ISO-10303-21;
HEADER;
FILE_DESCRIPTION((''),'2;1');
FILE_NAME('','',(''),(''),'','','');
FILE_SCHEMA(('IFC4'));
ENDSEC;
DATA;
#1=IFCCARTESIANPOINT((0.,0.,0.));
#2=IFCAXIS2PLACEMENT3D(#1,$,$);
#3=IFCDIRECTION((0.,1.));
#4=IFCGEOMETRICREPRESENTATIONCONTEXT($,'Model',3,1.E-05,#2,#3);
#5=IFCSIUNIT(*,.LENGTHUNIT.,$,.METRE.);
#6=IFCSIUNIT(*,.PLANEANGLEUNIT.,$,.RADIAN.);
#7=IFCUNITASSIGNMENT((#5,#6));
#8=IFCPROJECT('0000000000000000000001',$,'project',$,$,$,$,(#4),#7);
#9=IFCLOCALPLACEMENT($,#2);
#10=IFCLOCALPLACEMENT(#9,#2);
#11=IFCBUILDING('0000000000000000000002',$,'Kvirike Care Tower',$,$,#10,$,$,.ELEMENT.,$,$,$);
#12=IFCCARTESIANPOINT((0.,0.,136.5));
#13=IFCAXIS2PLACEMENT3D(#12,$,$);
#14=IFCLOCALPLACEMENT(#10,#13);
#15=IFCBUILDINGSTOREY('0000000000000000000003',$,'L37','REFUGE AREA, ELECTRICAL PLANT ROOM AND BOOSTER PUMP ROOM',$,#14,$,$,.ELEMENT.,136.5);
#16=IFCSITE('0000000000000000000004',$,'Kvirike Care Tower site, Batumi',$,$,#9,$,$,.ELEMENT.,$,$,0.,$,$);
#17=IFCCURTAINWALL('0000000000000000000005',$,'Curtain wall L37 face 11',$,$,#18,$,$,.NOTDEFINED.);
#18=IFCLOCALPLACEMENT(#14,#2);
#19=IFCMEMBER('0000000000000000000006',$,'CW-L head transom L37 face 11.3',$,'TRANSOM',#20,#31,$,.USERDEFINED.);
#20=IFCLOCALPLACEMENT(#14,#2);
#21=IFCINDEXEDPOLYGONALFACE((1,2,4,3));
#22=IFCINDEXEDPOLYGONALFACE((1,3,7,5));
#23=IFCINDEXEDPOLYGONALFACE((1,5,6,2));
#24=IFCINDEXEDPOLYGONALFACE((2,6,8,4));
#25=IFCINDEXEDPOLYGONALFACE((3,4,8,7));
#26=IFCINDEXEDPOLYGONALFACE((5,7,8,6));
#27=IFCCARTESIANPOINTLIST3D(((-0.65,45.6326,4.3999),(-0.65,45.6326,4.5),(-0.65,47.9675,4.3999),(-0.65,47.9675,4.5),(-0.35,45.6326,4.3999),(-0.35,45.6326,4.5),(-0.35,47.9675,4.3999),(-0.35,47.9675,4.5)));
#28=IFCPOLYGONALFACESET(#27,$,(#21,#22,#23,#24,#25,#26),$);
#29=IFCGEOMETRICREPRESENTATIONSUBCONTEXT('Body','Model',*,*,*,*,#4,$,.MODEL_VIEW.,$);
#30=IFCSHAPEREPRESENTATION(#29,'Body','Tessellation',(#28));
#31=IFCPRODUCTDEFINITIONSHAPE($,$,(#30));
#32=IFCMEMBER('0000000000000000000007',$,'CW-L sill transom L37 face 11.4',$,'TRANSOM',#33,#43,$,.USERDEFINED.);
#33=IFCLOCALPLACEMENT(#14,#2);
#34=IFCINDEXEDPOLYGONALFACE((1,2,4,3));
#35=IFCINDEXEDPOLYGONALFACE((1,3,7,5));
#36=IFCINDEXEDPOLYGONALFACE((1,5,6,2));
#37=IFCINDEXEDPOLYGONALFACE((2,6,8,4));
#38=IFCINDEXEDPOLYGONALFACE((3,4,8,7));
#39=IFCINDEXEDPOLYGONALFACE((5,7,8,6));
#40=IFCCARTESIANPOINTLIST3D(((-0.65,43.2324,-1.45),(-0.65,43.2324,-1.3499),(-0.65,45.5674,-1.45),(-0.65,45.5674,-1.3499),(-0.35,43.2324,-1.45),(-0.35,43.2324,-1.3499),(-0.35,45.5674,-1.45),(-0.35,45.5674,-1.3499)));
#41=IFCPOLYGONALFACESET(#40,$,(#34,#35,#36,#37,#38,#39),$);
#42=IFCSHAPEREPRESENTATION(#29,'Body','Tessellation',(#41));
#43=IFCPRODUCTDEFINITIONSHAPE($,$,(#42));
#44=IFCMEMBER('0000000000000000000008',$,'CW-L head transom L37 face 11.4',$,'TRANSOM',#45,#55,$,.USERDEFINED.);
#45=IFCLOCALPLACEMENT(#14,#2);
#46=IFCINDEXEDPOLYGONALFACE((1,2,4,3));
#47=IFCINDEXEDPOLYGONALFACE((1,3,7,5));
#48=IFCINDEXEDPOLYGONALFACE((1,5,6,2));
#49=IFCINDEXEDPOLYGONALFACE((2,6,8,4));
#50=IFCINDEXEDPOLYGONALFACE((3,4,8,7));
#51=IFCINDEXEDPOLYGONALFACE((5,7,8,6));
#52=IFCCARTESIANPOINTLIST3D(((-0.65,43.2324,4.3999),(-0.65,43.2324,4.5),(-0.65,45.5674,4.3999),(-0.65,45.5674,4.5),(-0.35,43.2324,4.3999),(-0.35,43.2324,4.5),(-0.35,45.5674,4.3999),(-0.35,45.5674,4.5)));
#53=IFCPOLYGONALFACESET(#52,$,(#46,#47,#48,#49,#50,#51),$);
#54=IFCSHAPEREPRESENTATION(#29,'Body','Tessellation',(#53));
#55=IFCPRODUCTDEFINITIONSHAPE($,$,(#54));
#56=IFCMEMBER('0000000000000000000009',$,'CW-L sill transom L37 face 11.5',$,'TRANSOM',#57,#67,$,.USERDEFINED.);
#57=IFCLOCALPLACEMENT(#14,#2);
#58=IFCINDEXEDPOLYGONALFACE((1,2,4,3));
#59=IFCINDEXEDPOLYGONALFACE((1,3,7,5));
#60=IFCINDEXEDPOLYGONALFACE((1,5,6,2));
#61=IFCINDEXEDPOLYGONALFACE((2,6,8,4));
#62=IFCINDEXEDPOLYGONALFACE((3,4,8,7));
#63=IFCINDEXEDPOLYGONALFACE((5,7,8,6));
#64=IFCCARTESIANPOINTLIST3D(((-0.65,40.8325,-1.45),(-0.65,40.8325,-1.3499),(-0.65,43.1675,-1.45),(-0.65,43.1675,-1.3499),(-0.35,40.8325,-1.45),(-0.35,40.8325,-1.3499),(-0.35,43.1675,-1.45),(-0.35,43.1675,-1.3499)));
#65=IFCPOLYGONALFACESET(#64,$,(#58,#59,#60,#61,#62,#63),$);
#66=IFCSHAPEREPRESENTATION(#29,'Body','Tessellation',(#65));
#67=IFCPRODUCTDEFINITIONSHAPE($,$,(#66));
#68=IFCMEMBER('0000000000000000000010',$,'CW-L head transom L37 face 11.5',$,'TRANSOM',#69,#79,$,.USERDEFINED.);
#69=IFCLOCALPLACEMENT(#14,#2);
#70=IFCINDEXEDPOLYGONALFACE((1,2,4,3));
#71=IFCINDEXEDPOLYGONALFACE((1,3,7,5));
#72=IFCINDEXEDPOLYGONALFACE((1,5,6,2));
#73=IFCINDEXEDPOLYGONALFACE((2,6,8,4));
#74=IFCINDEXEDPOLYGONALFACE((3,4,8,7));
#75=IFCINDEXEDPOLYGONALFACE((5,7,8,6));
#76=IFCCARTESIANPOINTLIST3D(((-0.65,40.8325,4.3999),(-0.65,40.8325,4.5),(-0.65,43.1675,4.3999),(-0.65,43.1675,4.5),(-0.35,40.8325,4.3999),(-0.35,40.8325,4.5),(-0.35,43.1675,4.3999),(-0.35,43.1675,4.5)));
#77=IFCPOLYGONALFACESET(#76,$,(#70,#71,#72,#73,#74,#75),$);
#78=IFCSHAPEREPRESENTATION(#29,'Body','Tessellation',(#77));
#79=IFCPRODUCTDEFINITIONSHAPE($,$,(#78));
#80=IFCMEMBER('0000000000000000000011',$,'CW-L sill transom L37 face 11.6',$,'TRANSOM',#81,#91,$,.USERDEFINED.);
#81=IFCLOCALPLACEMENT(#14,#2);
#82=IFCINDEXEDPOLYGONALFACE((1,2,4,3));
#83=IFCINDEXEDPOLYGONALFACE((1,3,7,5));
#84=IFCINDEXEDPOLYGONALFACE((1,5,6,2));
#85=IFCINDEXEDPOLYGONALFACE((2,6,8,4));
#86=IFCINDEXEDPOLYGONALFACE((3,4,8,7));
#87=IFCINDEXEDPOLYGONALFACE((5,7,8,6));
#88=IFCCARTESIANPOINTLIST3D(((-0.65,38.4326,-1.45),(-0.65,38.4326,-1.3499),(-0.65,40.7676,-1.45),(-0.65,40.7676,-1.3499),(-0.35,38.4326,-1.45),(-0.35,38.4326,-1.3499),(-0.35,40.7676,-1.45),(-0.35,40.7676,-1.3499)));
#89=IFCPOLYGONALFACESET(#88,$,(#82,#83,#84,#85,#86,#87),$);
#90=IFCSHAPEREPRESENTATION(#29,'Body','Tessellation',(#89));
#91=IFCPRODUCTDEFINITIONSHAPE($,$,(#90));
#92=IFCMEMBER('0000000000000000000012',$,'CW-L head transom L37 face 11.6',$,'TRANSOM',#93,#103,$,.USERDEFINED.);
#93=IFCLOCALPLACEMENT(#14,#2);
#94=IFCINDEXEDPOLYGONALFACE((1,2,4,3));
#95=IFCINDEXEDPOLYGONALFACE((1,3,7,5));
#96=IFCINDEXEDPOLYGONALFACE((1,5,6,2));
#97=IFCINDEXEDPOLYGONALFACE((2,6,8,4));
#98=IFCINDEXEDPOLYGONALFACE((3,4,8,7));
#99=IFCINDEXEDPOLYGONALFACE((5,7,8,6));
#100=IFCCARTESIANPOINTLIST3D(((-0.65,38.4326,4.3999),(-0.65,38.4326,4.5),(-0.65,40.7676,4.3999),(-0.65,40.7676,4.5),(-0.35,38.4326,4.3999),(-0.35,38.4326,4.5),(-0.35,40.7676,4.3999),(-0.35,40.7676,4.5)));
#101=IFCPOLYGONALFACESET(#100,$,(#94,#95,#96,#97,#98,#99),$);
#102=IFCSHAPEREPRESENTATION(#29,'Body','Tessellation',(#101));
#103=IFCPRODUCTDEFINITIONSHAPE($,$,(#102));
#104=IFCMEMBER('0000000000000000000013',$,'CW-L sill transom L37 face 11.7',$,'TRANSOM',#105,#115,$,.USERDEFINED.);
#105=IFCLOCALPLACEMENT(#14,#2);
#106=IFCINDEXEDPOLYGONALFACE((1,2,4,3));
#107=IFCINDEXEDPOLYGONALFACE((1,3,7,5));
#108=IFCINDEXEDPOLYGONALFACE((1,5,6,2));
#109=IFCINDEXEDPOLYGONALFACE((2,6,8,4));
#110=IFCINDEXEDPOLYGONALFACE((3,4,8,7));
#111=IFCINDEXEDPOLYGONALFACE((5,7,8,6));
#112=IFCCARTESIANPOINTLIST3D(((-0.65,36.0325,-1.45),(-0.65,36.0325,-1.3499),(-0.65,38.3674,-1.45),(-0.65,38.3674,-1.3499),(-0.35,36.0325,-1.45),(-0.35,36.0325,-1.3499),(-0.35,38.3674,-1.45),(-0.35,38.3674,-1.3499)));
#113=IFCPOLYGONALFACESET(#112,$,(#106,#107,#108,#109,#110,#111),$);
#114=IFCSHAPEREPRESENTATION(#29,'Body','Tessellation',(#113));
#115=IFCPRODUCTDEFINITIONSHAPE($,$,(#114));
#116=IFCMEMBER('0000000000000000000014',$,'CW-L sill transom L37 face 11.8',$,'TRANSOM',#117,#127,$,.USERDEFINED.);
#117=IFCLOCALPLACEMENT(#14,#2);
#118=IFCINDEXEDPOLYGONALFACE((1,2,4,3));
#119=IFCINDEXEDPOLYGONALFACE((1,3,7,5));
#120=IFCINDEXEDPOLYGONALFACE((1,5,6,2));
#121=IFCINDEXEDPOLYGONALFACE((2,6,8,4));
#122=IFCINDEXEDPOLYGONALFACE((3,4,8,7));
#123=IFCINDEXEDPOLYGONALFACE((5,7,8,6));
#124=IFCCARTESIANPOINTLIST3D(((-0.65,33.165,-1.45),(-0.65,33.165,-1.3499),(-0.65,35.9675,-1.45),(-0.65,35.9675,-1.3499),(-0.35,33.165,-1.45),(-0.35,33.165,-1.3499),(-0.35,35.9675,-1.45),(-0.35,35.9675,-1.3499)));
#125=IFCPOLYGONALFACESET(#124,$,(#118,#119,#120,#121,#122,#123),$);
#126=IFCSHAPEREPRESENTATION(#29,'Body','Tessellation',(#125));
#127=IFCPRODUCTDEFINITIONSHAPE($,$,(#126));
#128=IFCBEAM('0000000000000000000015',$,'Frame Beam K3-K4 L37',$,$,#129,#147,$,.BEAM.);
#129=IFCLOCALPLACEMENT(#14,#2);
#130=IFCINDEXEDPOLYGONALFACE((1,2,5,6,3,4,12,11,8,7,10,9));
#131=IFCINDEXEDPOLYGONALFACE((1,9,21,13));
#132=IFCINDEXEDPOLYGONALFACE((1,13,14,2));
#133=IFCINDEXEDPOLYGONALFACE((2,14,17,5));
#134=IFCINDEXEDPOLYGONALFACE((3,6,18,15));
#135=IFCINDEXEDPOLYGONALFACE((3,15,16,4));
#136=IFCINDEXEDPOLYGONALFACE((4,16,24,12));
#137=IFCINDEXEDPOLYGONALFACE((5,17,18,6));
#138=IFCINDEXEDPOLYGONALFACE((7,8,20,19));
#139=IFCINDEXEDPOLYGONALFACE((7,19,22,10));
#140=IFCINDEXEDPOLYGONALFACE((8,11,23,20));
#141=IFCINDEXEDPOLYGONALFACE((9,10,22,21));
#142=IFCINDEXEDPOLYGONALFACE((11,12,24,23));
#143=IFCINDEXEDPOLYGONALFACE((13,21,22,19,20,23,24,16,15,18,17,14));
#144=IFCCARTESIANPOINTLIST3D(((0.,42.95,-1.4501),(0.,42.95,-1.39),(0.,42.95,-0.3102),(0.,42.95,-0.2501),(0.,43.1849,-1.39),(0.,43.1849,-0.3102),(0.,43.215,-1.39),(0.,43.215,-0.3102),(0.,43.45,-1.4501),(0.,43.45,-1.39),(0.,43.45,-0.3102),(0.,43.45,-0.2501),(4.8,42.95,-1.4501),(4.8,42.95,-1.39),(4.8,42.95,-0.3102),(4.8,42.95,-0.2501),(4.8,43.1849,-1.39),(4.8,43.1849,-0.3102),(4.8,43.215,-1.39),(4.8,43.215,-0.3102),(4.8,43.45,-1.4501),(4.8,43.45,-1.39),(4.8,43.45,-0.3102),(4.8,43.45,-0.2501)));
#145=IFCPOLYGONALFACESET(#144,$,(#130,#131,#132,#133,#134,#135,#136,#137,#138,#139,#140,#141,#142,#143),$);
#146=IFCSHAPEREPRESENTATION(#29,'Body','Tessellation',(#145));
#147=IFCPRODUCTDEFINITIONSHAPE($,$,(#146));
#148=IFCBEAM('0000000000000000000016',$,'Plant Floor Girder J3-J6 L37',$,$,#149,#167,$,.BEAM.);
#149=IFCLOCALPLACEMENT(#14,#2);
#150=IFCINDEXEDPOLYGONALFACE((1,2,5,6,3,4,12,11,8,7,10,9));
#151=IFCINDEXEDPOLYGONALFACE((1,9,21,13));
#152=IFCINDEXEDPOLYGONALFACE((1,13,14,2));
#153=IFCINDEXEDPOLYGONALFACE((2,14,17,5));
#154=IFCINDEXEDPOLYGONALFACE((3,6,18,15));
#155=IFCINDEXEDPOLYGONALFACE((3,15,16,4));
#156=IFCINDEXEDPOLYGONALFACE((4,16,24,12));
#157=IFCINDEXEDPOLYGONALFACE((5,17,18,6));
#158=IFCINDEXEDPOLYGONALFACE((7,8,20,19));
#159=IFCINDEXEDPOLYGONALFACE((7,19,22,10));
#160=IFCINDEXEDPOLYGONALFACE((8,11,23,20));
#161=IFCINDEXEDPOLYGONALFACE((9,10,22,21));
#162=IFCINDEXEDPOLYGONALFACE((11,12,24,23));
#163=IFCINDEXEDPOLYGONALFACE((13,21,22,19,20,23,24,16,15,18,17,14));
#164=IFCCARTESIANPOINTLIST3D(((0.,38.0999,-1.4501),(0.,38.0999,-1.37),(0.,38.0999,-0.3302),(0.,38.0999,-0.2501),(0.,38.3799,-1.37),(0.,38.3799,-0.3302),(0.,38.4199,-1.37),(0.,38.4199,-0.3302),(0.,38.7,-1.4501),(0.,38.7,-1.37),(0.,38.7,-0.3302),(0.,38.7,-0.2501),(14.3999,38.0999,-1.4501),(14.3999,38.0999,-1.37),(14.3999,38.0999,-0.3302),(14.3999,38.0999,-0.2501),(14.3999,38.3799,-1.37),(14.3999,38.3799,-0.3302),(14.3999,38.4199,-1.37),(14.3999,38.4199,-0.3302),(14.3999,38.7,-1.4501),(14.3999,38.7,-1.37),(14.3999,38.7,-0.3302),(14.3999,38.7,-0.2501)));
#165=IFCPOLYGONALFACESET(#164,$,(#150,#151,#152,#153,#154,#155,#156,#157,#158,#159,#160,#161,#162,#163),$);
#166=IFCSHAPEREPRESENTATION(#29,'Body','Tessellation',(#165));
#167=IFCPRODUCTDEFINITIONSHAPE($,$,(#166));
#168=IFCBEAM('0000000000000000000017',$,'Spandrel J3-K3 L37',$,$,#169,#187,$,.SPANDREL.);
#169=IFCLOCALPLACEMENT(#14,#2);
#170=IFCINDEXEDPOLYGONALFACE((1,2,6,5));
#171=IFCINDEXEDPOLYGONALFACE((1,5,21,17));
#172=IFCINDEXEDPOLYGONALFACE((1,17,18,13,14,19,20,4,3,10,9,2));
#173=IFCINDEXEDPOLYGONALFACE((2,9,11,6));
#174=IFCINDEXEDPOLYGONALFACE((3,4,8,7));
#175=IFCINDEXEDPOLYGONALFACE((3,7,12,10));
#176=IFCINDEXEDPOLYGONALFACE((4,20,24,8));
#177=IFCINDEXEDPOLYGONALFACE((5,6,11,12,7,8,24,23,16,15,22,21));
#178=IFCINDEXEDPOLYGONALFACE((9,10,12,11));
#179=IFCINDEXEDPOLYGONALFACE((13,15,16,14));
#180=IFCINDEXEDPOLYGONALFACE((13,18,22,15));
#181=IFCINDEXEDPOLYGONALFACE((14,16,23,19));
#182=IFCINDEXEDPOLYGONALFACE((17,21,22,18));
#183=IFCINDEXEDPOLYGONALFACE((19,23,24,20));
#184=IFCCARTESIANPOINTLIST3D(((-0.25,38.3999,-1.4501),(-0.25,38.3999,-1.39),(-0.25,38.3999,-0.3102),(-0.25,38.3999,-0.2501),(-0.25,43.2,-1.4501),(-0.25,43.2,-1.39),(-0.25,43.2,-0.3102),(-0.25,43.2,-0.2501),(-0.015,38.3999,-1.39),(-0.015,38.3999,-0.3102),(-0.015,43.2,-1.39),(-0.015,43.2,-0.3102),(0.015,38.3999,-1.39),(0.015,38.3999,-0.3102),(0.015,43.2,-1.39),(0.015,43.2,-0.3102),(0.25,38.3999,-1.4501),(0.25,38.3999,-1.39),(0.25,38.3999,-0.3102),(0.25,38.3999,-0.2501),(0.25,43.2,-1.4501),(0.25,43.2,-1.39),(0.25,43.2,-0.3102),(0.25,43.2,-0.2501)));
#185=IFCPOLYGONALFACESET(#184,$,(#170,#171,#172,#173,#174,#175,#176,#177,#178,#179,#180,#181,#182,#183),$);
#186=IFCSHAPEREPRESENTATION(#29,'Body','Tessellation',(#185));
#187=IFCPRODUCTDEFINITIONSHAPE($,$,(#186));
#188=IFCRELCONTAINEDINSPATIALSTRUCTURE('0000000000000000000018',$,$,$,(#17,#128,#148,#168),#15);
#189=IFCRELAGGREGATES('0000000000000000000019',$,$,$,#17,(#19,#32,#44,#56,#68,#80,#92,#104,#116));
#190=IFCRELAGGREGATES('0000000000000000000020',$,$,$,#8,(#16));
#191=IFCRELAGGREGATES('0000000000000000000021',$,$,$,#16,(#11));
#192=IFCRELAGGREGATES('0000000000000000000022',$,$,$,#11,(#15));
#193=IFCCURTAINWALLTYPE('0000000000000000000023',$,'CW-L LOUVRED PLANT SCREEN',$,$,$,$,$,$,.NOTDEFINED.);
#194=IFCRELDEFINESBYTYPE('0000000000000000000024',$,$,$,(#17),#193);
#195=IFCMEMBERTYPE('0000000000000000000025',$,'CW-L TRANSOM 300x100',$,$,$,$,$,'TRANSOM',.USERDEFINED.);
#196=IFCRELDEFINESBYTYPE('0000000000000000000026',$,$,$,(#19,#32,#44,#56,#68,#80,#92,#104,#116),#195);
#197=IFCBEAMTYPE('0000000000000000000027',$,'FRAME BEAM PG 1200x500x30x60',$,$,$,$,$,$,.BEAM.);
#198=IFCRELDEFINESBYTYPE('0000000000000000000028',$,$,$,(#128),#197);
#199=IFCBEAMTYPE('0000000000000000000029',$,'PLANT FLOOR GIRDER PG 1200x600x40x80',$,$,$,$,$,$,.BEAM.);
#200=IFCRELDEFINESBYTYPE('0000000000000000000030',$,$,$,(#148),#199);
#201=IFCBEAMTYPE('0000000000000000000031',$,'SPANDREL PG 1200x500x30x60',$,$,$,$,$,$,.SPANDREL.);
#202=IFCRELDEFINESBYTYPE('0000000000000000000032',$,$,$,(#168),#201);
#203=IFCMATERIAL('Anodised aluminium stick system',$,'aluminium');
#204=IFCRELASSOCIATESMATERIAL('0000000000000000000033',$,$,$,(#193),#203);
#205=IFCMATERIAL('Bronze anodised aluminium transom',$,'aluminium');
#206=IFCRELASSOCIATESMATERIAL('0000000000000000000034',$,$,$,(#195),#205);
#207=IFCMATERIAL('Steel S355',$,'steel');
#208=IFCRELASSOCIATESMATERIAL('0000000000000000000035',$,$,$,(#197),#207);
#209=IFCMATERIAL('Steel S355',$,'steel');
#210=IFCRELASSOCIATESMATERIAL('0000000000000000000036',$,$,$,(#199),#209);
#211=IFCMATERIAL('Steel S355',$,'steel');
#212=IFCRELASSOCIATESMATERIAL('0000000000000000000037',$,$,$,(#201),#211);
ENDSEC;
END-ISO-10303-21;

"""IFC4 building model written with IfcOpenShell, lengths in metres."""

from ifc_helpers import new_model, si_unit, direction, frame, origin, origin_2d, place, context, subcontext, project, spatial, rectangle, i_section, extrude, material, material_profile, profile_set, type_object, element, aggregate, save


model = new_model("IFC4")

# Units and contexts
model_context = context("Model", 3, precision=1e-05, world=origin(), true_north=direction((0.0, 1.0)))
body_context = subcontext(model_context, "Body", "Model", "MODEL_VIEW")
ifc_project = project(units=[si_unit("LENGTHUNIT", "METRE"), si_unit("PLANEANGLEUNIT", "RADIAN")], contexts=[model_context])

# Site, building, storey
site_placement = place(None, origin())
site = spatial("IfcSite", under=ifc_project, at=site_placement, Name="Kvirike Care Tower site, Batumi", CompositionType="ELEMENT", RefElevation=0.0)
building_placement = place(site_placement, origin())
building = spatial("IfcBuilding", under=site, at=building_placement, Name="Kvirike Care Tower", CompositionType="ELEMENT")
storey_placement = place(building_placement, frame((0.0, 0.0, 136.5)))
storey = spatial("IfcBuildingStorey", under=building, at=storey_placement, Name="L37", Description="REFUGE AREA, ELECTRICAL PLANT ROOM AND BOOSTER PUMP ROOM", CompositionType="ELEMENT", Elevation=136.5)

# Curtain wall, members
ifc_material_1 = material(Name="Anodised aluminium stick system", Category="aluminium")
curtain_wall_type = type_object("IfcCurtainWallType", Name="CW-L LOUVRED PLANT SCREEN", PredefinedType="NOTDEFINED", material=ifc_material_1)
curtain_wall_placement = place(storey_placement, origin())
curtain_wall = element("IfcCurtainWall", 1, at=curtain_wall_placement, inside=storey, type_object=curtain_wall_type, Name="Curtain wall L37 face 11", PredefinedType="NOTDEFINED")
ifc_material_2 = material(Name="Bronze anodised aluminium transom", Category="aluminium")
ifc_material_profile_1 = material_profile(ifc_material_2, rectangle(XDim=0.3, YDim=0.1001, at=origin_2d()), Name="CW-L TRANSOM 300x100")
ifc_profile_set_1 = profile_set([ifc_material_profile_1], Name="Bronze anodised aluminium transom")
member_type_1 = type_object("IfcMemberType", Name="CW-L TRANSOM 300x100", ElementType="TRANSOM", PredefinedType="USERDEFINED", material=ifc_profile_set_1)
member_1_placement = place(storey_placement, frame((-0.5, 47.9675, 4.45), z_axis=(0.0, -1.0, 0.0), x_axis=(1.0, 0.0, 0.0)))
member_1 = element("IfcMember", 2, at=member_1_placement, type_object=member_type_1, Name="CW-L head transom L37 face 11.3", ObjectType="TRANSOM", PredefinedType="USERDEFINED", context=body_context, shape_type="SweptSolid", body=[
    extrude(rectangle(XDim=0.3, YDim=0.1001, at=origin_2d()), origin(), (0.0, 0.0, 1.0), 2.335),
])
member_2_placement = place(storey_placement, frame((-0.5, 45.5674, -1.3999), z_axis=(0.0, -1.0, 0.0), x_axis=(1.0, 0.0, 0.0)))
member_2 = element("IfcMember", 3, at=member_2_placement, type_object=member_type_1, Name="CW-L sill transom L37 face 11.4", ObjectType="TRANSOM", PredefinedType="USERDEFINED", context=body_context, shape_type="SweptSolid", body=[
    extrude(rectangle(XDim=0.3, YDim=0.1001, at=origin_2d()), origin(), (0.0, 0.0, 1.0), 2.335),
])
member_3_placement = place(storey_placement, frame((-0.5, 45.5674, 4.45), z_axis=(0.0, -1.0, 0.0), x_axis=(1.0, 0.0, 0.0)))
member_3 = element("IfcMember", 4, at=member_3_placement, type_object=member_type_1, Name="CW-L head transom L37 face 11.4", ObjectType="TRANSOM", PredefinedType="USERDEFINED", context=body_context, shape_type="SweptSolid", body=[
    extrude(rectangle(XDim=0.3, YDim=0.1001, at=origin_2d()), origin(), (0.0, 0.0, 1.0), 2.335),
])
member_4_placement = place(storey_placement, frame((-0.5, 43.1675, -1.3999), z_axis=(0.0, -1.0, 0.0), x_axis=(1.0, 0.0, 0.0)))
member_4 = element("IfcMember", 5, at=member_4_placement, type_object=member_type_1, Name="CW-L sill transom L37 face 11.5", ObjectType="TRANSOM", PredefinedType="USERDEFINED", context=body_context, shape_type="SweptSolid", body=[
    extrude(rectangle(XDim=0.3, YDim=0.1001, at=origin_2d()), origin(), (0.0, 0.0, 1.0), 2.335),
])
member_5_placement = place(storey_placement, frame((-0.5, 43.1675, 4.45), z_axis=(0.0, -1.0, 0.0), x_axis=(1.0, 0.0, 0.0)))
member_5 = element("IfcMember", 6, at=member_5_placement, type_object=member_type_1, Name="CW-L head transom L37 face 11.5", ObjectType="TRANSOM", PredefinedType="USERDEFINED", context=body_context, shape_type="SweptSolid", body=[
    extrude(rectangle(XDim=0.3, YDim=0.1001, at=origin_2d()), origin(), (0.0, 0.0, 1.0), 2.335),
])
member_6_placement = place(storey_placement, frame((-0.5, 40.7676, -1.3999), z_axis=(0.0, -1.0, 0.0), x_axis=(1.0, 0.0, 0.0)))
member_6 = element("IfcMember", 7, at=member_6_placement, type_object=member_type_1, Name="CW-L sill transom L37 face 11.6", ObjectType="TRANSOM", PredefinedType="USERDEFINED", context=body_context, shape_type="SweptSolid", body=[
    extrude(rectangle(XDim=0.3, YDim=0.1001, at=origin_2d()), origin(), (0.0, 0.0, 1.0), 2.335),
])
member_7_placement = place(storey_placement, frame((-0.5, 40.7676, 4.45), z_axis=(0.0, -1.0, 0.0), x_axis=(1.0, 0.0, 0.0)))
member_7 = element("IfcMember", 8, at=member_7_placement, type_object=member_type_1, Name="CW-L head transom L37 face 11.6", ObjectType="TRANSOM", PredefinedType="USERDEFINED", context=body_context, shape_type="SweptSolid", body=[
    extrude(rectangle(XDim=0.3, YDim=0.1001, at=origin_2d()), origin(), (0.0, 0.0, 1.0), 2.335),
])
member_8_placement = place(storey_placement, frame((-0.5, 38.3674, -1.3999), z_axis=(0.0, -1.0, 0.0), x_axis=(1.0, 0.0, 0.0)))
member_8 = element("IfcMember", 9, at=member_8_placement, type_object=member_type_1, Name="CW-L sill transom L37 face 11.7", ObjectType="TRANSOM", PredefinedType="USERDEFINED", context=body_context, shape_type="SweptSolid", body=[
    extrude(rectangle(XDim=0.3, YDim=0.1001, at=origin_2d()), origin(), (0.0, 0.0, 1.0), 2.335),
])
member_9_placement = place(storey_placement, frame((-0.5, 35.9675, -1.3999), z_axis=(0.0, -1.0, 0.0), x_axis=(1.0, 0.0, 0.0)))
member_9 = element("IfcMember", 10, at=member_9_placement, type_object=member_type_1, Name="CW-L sill transom L37 face 11.8", ObjectType="TRANSOM", PredefinedType="USERDEFINED", context=body_context, shape_type="SweptSolid", body=[
    extrude(rectangle(XDim=0.3, YDim=0.1001, at=origin_2d()), origin(), (0.0, 0.0, 1.0), 2.8025),
])

# Beams
ifc_material_3 = material(Name="Steel S355", Category="steel")
ifc_material_profile_2 = material_profile(ifc_material_3, i_section(OverallWidth=0.5, OverallDepth=1.2, WebThickness=0.03, FlangeThickness=0.0601, at=origin_2d()), Name="PG 1200x500x30x60")
ifc_profile_set_2 = profile_set([ifc_material_profile_2], Name="Steel S355")
beam_type_1 = type_object("IfcBeamType", Name="FRAME BEAM PG 1200x500x30x60", PredefinedType="BEAM", material=ifc_profile_set_2)
beam_1_placement = place(storey_placement, frame((0.0, 43.2, -0.8501), z_axis=(1.0, 0.0, 0.0), x_axis=(0.0, 1.0, 0.0)))
element("IfcBeam", 11, at=beam_1_placement, inside=storey, type_object=beam_type_1, Name="Frame Beam K3-K4 L37", PredefinedType="BEAM", context=body_context, shape_type="SweptSolid", body=[
    extrude(i_section(OverallWidth=0.5, OverallDepth=1.2, WebThickness=0.03, FlangeThickness=0.0601, at=origin_2d()), origin(), (0.0, 0.0, 1.0), 4.8),
])
ifc_material_4 = material(Name="Steel S355", Category="steel")
ifc_material_profile_3 = material_profile(ifc_material_4, i_section(OverallWidth=0.6001, OverallDepth=1.2, WebThickness=0.04, FlangeThickness=0.0801, at=origin_2d()), Name="PG 1200x600x40x80")
ifc_profile_set_3 = profile_set([ifc_material_profile_3], Name="Steel S355")
beam_type_2 = type_object("IfcBeamType", Name="PLANT FLOOR GIRDER PG 1200x600x40x80", PredefinedType="BEAM", material=ifc_profile_set_3)
beam_2_placement = place(storey_placement, frame((0.0, 38.3999, -0.8501), z_axis=(1.0, 0.0, 0.0), x_axis=(0.0, 1.0, 0.0)))
element("IfcBeam", 12, at=beam_2_placement, inside=storey, type_object=beam_type_2, Name="Plant Floor Girder J3-J6 L37", PredefinedType="BEAM", context=body_context, shape_type="SweptSolid", body=[
    extrude(i_section(OverallWidth=0.6001, OverallDepth=1.2, WebThickness=0.04, FlangeThickness=0.0801, at=origin_2d()), origin(), (0.0, 0.0, 1.0), 14.3999),
])
ifc_material_5 = material(Name="Steel S355", Category="steel")
ifc_material_profile_4 = material_profile(ifc_material_5, i_section(OverallWidth=0.5, OverallDepth=1.2, WebThickness=0.03, FlangeThickness=0.0601, at=origin_2d()), Name="PG 1200x500x30x60")
ifc_profile_set_4 = profile_set([ifc_material_profile_4], Name="Steel S355")
beam_type_3 = type_object("IfcBeamType", Name="SPANDREL PG 1200x500x30x60", PredefinedType="SPANDREL", material=ifc_profile_set_4)
for number, where, z_axis, x_axis, name in (
    (13, (0.0, 38.3999, -0.8501), (0.0, 1.0, 0.0), (-1.0, 0.0, 0.0), "Spandrel J3-K3 L37"),
):
    element("IfcBeam", number, at=place(storey_placement, frame(where, z_axis=z_axis, x_axis=x_axis)), inside=storey, type_object=beam_type_3, Name=name, PredefinedType="SPANDREL", context=body_context, shape_type="SweptSolid", body=[
        extrude(i_section(OverallWidth=0.5, OverallDepth=1.2, WebThickness=0.03, FlangeThickness=0.0601, at=origin_2d()), origin(), (0.0, 0.0, 1.0), 4.8),
    ])

aggregate(curtain_wall, [member_1, member_2, member_3, member_4, member_5, member_6, member_7, member_8, member_9])

save(model, "model.ifc")
